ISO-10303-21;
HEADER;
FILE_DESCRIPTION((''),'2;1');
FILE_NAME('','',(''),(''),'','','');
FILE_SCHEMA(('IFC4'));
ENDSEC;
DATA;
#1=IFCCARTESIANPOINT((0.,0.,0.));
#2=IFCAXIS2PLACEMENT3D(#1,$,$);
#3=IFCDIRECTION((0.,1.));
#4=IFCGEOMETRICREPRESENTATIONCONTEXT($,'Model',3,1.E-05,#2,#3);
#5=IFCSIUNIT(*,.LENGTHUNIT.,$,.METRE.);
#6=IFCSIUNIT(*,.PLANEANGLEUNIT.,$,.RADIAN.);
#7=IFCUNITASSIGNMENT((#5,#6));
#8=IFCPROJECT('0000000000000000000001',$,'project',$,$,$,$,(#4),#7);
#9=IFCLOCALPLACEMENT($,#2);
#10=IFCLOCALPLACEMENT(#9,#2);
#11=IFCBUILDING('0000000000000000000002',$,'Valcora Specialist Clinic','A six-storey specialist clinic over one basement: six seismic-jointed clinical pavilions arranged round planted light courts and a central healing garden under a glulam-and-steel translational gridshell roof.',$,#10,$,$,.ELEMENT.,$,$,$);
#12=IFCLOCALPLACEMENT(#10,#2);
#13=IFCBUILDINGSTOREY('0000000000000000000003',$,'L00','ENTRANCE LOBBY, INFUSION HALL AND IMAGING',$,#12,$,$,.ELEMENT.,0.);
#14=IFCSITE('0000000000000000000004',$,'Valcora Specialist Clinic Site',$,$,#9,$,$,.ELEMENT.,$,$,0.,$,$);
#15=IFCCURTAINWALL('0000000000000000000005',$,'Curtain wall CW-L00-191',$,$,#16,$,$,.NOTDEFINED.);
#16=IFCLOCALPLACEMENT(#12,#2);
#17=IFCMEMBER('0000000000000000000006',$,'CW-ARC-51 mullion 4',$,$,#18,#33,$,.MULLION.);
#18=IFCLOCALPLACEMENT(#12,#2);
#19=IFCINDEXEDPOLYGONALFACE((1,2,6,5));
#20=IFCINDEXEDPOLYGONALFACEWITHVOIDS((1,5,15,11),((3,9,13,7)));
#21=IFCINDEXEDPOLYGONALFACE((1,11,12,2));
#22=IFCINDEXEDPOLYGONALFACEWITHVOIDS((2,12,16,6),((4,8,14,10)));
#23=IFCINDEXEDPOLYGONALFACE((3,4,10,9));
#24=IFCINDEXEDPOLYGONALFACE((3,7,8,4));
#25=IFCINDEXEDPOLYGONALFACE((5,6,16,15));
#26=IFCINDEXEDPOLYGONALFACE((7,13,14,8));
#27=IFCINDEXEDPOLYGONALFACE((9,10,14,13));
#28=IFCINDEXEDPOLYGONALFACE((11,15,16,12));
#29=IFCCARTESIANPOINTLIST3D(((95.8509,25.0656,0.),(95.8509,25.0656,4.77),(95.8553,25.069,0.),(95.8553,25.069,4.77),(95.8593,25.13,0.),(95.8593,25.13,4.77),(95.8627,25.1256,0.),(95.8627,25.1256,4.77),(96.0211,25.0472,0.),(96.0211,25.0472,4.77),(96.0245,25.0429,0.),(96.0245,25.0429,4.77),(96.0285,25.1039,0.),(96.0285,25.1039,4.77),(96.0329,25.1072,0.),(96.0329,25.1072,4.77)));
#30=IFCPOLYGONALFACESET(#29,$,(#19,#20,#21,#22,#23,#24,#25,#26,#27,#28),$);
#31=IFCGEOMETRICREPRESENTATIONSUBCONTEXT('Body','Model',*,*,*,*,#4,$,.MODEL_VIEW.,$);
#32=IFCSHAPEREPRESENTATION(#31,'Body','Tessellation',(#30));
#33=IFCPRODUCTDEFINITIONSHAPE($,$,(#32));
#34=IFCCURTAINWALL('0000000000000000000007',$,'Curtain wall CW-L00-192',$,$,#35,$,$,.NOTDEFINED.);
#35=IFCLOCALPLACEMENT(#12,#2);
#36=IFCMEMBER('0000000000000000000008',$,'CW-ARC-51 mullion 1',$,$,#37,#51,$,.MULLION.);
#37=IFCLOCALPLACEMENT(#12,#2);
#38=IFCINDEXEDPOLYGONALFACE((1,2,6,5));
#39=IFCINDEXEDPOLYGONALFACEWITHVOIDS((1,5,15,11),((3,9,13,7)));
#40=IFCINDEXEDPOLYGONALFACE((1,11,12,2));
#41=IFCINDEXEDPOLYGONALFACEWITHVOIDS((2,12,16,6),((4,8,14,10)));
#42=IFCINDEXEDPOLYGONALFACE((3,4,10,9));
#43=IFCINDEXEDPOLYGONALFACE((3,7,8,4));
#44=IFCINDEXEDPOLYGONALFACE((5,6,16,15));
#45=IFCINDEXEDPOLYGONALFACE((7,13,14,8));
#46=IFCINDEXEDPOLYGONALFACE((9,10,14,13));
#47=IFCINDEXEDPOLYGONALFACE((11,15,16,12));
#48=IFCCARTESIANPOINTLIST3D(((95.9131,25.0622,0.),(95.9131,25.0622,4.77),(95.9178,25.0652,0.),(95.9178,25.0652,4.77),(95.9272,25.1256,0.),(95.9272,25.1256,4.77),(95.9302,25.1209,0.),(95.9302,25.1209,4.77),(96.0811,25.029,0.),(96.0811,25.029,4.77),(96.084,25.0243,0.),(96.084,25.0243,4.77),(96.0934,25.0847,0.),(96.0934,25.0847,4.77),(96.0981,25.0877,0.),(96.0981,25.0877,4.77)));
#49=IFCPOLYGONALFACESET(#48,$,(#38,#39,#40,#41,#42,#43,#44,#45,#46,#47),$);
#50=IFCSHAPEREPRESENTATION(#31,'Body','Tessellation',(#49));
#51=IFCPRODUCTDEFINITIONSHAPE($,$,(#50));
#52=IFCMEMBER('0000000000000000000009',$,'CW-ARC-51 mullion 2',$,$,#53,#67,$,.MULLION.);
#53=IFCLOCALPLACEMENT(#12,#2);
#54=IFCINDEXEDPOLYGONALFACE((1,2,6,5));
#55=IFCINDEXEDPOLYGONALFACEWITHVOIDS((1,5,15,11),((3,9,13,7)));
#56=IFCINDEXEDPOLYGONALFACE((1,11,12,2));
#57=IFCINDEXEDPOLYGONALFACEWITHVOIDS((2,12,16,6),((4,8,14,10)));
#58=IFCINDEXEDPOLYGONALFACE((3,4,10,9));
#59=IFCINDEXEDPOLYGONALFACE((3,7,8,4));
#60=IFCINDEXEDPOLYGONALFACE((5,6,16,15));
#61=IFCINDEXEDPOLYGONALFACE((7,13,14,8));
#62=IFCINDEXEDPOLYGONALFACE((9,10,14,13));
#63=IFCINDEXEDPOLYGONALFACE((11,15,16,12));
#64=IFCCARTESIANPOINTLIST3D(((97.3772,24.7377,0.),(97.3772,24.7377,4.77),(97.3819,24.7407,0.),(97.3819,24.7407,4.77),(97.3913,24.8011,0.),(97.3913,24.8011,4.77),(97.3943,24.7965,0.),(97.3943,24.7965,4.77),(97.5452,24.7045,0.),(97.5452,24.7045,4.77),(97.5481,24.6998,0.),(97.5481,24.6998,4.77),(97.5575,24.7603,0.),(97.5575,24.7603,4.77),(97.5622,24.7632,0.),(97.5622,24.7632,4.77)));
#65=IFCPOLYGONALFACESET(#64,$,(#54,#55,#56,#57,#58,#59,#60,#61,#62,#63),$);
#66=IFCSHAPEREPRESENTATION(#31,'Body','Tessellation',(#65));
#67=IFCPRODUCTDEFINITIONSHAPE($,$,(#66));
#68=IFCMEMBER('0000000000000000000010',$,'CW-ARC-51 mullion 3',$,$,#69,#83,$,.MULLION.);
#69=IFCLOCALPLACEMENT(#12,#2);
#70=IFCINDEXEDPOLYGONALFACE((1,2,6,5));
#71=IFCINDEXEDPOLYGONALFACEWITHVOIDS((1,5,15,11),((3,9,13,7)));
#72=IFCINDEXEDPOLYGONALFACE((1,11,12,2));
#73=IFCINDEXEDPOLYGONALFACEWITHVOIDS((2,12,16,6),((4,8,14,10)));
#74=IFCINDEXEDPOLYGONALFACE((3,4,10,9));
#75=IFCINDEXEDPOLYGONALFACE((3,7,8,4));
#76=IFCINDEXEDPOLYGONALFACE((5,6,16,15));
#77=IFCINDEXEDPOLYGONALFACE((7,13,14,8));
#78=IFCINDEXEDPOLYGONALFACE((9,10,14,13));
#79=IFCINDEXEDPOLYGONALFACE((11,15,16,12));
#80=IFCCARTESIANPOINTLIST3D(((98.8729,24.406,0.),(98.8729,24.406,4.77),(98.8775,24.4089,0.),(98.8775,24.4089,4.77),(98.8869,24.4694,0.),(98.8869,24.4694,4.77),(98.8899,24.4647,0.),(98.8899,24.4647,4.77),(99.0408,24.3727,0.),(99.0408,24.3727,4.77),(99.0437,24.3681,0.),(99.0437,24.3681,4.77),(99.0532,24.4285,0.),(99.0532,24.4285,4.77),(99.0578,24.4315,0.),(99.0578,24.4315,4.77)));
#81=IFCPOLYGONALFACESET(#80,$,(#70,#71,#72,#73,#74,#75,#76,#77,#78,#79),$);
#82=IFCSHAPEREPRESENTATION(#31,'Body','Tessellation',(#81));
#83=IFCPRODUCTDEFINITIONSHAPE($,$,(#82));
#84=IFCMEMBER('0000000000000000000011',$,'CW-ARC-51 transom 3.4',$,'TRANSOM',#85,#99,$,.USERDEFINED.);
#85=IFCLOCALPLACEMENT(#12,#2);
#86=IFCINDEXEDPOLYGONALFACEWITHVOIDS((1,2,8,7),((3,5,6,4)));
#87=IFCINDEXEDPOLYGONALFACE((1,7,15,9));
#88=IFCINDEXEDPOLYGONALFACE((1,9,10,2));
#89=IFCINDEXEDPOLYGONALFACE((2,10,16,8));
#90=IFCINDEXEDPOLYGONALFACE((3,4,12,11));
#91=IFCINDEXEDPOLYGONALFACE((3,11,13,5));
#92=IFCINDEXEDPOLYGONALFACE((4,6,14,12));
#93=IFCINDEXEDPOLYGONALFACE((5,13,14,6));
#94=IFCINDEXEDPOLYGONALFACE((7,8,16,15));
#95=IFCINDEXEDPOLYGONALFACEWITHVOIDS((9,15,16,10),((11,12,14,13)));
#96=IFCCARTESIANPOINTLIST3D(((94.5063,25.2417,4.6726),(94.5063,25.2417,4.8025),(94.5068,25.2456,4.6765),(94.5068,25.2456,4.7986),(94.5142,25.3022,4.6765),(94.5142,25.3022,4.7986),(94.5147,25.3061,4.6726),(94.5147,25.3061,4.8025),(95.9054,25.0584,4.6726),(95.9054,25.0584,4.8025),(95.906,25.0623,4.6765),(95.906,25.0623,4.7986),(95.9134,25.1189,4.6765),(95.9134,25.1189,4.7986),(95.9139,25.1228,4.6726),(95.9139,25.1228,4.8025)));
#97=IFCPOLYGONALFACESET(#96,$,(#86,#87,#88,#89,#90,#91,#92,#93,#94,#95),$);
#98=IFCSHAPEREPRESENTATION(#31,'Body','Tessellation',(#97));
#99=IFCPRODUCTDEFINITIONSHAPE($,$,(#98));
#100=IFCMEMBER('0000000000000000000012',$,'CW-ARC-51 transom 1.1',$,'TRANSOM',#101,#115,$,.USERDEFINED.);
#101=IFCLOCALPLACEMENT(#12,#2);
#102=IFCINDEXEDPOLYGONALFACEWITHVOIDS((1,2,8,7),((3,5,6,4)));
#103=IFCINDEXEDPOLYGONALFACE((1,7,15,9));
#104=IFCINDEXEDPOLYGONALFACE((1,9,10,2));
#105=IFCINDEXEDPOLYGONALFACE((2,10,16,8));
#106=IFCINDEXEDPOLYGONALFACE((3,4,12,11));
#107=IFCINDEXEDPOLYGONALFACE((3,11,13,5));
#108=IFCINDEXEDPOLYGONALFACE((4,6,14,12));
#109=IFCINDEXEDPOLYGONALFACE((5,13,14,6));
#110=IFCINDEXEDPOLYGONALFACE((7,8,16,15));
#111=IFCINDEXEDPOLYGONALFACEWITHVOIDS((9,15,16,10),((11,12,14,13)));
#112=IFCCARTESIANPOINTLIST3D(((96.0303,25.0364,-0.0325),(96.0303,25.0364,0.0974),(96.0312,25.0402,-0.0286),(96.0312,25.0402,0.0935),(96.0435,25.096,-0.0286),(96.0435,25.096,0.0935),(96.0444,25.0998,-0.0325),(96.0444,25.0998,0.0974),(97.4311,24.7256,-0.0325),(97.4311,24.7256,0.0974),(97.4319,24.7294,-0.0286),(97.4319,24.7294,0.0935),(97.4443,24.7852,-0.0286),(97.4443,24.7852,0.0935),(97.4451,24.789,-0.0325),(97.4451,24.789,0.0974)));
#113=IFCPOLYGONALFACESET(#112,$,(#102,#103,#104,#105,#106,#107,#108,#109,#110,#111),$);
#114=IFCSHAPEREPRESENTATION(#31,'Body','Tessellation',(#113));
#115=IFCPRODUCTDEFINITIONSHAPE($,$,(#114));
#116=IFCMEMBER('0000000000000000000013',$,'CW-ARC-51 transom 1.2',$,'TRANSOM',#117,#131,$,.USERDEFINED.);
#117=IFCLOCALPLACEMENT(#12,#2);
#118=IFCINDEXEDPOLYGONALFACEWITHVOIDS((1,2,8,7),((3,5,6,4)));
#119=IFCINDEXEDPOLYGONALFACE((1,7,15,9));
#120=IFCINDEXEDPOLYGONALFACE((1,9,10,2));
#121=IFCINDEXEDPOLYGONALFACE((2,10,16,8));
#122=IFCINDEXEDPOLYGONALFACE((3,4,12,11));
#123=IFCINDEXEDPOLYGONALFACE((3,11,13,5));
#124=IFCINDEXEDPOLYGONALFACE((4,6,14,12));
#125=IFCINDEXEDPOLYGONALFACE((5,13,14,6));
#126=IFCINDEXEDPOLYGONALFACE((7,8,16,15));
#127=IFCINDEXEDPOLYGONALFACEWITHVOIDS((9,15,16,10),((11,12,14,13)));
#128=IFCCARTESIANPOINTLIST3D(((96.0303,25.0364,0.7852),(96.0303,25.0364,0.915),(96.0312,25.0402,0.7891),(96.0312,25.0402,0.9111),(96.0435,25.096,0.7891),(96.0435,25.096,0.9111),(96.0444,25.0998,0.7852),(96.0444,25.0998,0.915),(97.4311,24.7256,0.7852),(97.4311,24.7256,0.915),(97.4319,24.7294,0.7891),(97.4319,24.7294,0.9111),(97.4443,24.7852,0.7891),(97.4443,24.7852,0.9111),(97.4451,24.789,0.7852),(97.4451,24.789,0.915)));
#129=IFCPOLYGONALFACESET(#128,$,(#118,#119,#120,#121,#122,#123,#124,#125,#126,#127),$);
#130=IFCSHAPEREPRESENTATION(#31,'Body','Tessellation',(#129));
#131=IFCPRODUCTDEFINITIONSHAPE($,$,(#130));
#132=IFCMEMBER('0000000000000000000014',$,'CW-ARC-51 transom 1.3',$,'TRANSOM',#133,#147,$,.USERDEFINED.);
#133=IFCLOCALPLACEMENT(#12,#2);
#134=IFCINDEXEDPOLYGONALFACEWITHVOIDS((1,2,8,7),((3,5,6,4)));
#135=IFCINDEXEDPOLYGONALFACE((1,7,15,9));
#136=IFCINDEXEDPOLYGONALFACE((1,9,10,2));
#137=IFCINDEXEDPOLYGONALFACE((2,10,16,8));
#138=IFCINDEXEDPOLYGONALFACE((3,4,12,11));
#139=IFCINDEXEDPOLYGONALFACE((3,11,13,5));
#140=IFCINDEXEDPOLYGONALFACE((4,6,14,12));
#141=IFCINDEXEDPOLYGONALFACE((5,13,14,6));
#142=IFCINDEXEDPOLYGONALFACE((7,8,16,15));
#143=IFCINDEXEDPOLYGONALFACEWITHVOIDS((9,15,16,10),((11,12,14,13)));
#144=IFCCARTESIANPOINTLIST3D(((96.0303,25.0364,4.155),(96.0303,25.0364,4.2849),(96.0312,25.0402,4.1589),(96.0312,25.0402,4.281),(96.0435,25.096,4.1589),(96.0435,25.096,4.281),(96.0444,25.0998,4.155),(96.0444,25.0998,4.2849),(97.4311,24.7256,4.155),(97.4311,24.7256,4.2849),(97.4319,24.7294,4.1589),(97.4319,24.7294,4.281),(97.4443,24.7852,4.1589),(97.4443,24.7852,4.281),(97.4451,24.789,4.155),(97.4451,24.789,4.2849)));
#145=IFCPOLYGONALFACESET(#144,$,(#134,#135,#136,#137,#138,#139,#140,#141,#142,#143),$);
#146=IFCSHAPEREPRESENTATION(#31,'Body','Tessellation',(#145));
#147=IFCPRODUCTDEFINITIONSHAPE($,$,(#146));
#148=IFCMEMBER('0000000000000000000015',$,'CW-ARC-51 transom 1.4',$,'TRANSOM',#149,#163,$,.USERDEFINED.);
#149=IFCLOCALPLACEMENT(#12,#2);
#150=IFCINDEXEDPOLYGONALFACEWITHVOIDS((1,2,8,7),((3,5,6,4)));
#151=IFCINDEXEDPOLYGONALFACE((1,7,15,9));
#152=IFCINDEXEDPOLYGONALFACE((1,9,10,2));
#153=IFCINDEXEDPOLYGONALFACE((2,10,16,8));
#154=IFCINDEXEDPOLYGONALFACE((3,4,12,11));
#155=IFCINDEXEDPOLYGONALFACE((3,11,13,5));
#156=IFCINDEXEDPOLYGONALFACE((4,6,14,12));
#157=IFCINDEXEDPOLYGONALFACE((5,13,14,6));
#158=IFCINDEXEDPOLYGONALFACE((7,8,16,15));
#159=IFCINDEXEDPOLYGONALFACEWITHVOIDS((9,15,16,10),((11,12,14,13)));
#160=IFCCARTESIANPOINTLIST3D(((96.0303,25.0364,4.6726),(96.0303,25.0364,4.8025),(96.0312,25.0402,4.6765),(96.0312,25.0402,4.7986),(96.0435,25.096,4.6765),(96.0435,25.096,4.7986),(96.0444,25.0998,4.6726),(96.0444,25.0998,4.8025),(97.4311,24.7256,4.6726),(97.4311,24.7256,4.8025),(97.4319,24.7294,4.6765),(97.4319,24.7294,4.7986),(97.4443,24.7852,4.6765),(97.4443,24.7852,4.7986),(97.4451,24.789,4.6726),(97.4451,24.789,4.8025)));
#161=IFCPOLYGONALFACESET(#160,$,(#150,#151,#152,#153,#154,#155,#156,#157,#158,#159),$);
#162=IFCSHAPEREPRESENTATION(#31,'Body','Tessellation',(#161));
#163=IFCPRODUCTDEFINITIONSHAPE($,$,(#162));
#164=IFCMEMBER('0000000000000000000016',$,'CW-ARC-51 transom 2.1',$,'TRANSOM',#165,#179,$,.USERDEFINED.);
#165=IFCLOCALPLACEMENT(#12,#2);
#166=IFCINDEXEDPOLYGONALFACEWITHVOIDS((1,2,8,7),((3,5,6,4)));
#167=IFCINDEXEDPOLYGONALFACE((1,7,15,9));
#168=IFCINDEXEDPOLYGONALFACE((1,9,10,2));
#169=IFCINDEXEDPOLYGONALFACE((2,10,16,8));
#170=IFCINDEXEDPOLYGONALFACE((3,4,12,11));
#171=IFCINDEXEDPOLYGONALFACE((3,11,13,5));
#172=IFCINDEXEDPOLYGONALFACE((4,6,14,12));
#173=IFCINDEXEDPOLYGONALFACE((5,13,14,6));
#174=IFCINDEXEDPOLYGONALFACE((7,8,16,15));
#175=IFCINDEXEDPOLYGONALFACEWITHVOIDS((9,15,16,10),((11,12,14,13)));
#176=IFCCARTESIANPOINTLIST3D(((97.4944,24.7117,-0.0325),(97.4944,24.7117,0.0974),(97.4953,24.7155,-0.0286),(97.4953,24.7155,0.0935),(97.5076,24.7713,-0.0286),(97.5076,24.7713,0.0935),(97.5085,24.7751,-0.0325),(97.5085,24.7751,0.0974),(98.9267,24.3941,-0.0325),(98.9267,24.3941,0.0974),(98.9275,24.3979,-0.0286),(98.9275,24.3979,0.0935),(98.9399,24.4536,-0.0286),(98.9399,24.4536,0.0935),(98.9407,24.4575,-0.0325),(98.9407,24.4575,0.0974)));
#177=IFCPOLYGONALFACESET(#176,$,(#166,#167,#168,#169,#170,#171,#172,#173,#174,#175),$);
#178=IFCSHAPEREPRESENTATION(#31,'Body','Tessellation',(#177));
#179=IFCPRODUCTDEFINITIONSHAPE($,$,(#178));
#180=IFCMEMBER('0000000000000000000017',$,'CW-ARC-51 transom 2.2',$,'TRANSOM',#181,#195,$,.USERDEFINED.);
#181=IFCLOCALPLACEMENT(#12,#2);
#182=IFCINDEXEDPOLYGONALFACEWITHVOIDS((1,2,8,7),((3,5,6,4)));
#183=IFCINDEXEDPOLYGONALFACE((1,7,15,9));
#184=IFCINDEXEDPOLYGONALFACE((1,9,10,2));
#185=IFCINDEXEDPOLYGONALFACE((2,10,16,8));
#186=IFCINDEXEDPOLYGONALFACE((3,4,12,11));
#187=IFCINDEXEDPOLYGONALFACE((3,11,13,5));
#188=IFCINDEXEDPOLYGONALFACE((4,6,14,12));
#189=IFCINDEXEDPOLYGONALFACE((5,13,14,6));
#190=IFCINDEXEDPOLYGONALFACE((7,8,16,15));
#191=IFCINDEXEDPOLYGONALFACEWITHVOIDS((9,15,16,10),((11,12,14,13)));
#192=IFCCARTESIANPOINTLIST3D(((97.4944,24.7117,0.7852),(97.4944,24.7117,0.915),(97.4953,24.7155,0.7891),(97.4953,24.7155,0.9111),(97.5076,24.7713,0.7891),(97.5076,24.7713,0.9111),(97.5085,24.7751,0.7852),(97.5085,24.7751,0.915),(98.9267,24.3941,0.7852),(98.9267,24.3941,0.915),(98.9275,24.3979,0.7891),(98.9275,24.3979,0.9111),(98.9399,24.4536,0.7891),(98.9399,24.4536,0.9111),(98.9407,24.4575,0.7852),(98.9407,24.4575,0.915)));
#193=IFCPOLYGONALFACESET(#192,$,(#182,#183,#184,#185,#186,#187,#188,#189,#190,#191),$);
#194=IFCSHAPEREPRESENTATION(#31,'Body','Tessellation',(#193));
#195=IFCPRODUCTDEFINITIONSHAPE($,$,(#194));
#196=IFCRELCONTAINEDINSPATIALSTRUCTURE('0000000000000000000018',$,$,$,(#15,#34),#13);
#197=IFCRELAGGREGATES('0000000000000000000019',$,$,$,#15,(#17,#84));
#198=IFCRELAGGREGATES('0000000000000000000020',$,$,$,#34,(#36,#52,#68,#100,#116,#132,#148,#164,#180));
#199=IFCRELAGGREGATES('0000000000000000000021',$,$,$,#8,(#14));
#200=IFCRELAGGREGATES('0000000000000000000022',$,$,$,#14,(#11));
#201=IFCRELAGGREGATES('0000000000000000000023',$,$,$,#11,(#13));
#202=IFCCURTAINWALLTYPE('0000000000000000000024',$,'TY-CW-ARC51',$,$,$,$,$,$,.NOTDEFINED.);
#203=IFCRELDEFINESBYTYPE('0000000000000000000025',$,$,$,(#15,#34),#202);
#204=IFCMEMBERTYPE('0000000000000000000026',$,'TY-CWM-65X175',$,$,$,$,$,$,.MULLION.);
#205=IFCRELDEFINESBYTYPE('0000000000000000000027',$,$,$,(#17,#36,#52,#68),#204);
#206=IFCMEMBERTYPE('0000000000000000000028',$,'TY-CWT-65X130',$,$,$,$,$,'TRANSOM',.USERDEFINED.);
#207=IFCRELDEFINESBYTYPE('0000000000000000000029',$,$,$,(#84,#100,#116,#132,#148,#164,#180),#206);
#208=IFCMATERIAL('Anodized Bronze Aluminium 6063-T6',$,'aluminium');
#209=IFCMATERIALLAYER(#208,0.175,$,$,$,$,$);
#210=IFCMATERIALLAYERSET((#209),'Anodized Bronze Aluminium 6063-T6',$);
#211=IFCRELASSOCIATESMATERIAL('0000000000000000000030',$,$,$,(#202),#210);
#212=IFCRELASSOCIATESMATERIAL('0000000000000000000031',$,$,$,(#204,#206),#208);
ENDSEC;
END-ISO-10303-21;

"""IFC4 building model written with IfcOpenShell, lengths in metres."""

from ifc_helpers import new_model, si_unit, direction, frame, origin, origin_2d, place, context, subcontext, project, spatial, hollow_rectangle, extrude, material, layer, layer_set, material_profile, profile_set, type_object, element, aggregate, save


model = new_model("IFC4")

# Units and contexts
model_context = context("Model", 3, precision=1e-05, world=origin(), true_north=direction((0.0, 1.0)))
body_context = subcontext(model_context, "Body", "Model", "MODEL_VIEW")
ifc_project = project(units=[si_unit("LENGTHUNIT", "METRE"), si_unit("PLANEANGLEUNIT", "RADIAN")], contexts=[model_context])

# Site, building, storey
site_placement = place(None, origin())
site = spatial("IfcSite", under=ifc_project, at=site_placement, Name="Valcora Specialist Clinic Site", CompositionType="ELEMENT", RefElevation=0.0)
building_placement = place(site_placement, origin())
building = spatial("IfcBuilding", under=site, at=building_placement, Name="Valcora Specialist Clinic", Description="A six-storey specialist clinic over one basement: six seismic-jointed clinical pavilions arranged round planted light courts and a central healing garden under a glulam-and-steel translational gridshell roof.", CompositionType="ELEMENT")
storey_placement = place(building_placement, origin())
storey = spatial("IfcBuildingStorey", under=building, at=storey_placement, Name="L00", Description="ENTRANCE LOBBY, INFUSION HALL AND IMAGING", CompositionType="ELEMENT", Elevation=0.0)

# Curtain wall, member
ifc_material_1 = material(Name="Anodized Bronze Aluminium 6063-T6", Category="aluminium")
ifc_layer_1 = layer(ifc_material_1, 0.175)
ifc_layer_set_1 = layer_set([ifc_layer_1], Name="Anodized Bronze Aluminium 6063-T6")
curtain_wall_type = type_object("IfcCurtainWallType", Name="TY-CW-ARC51", PredefinedType="NOTDEFINED", material=ifc_layer_set_1)
curtain_wall_1_placement = place(storey_placement, origin())
curtain_wall_1 = element("IfcCurtainWall", 1, at=curtain_wall_1_placement, inside=storey, type_object=curtain_wall_type, Name="Curtain wall CW-L00-191", PredefinedType="NOTDEFINED")
ifc_material_profile_1 = material_profile(ifc_material_1, hollow_rectangle(XDim=0.0649, YDim=0.175, WallThickness=0.0039, at=origin_2d()), Name="AL-MUL-65X175")
ifc_profile_set_1 = profile_set([ifc_material_profile_1], Name="Anodized Bronze Aluminium 6063-T6")
member_type_1 = type_object("IfcMemberType", Name="TY-CWM-65X175", PredefinedType="MULLION", material=ifc_profile_set_1)
member_1_placement = place(storey_placement, frame((95.9419, 25.0864, 0.0), z_axis=(0.0, 0.0, 1.0), x_axis=(0.129999, 0.991514, 0.0)))
member_1 = element("IfcMember", 2, at=member_1_placement, type_object=member_type_1, Name="CW-ARC-51 mullion 4", PredefinedType="MULLION", context=body_context, shape_type="SweptSolid", body=[
    extrude(hollow_rectangle(XDim=0.0649, YDim=0.175, WallThickness=0.0039, at=origin_2d()), origin(), (0.0, 0.0, 1.0), 4.77),
])

# Curtain wall, members
curtain_wall_2_placement = place(storey_placement, origin())
curtain_wall_2 = element("IfcCurtainWall", 3, at=curtain_wall_2_placement, inside=storey, type_object=curtain_wall_type, Name="Curtain wall CW-L00-192", PredefinedType="NOTDEFINED")
member_2_placement = place(storey_placement, frame((96.0056, 25.075, 0.0), z_axis=(0.0, 0.0, 1.0), x_axis=(0.216518, 0.976279, 0.0)))
member_2 = element("IfcMember", 4, at=member_2_placement, type_object=member_type_1, Name="CW-ARC-51 mullion 1", PredefinedType="MULLION", context=body_context, shape_type="SweptSolid", body=[
    extrude(hollow_rectangle(XDim=0.0649, YDim=0.175, WallThickness=0.0039, at=origin_2d()), origin(), (0.0, 0.0, 1.0), 4.77),
])
member_3_placement = place(storey_placement, frame((97.4697, 24.7505, 0.0), z_axis=(0.0, 0.0, 1.0), x_axis=(0.216518, 0.976279, 0.0)))
member_3 = element("IfcMember", 5, at=member_3_placement, type_object=member_type_1, Name="CW-ARC-51 mullion 2", PredefinedType="MULLION", context=body_context, shape_type="SweptSolid", body=[
    extrude(hollow_rectangle(XDim=0.0649, YDim=0.175, WallThickness=0.0039, at=origin_2d()), origin(), (0.0, 0.0, 1.0), 4.77),
])
member_4_placement = place(storey_placement, frame((98.9653, 24.4187, 0.0), z_axis=(0.0, 0.0, 1.0), x_axis=(0.216518, 0.976279, 0.0)))
member_4 = element("IfcMember", 6, at=member_4_placement, type_object=member_type_1, Name="CW-ARC-51 mullion 3", PredefinedType="MULLION", context=body_context, shape_type="SweptSolid", body=[
    extrude(hollow_rectangle(XDim=0.0649, YDim=0.175, WallThickness=0.0039, at=origin_2d()), origin(), (0.0, 0.0, 1.0), 4.77),
])

# Members
ifc_material_profile_2 = material_profile(ifc_material_1, hollow_rectangle(XDim=0.0649, YDim=0.1299, WallThickness=0.0039, at=origin_2d()), Name="AL-TRN-65X130")
ifc_profile_set_2 = profile_set([ifc_material_profile_2], Name="Anodized Bronze Aluminium 6063-T6")
member_type_2 = type_object("IfcMemberType", Name="TY-CWT-65X130", ElementType="TRANSOM", PredefinedType="USERDEFINED", material=ifc_profile_set_2)
member_5_placement = place(storey_placement, frame((94.5105, 25.2739, 4.7375), z_axis=(0.991523, -0.129931, 0.0), x_axis=(0.129931, 0.991523, 0.0)))
member_5 = element("IfcMember", 7, at=member_5_placement, type_object=member_type_2, Name="CW-ARC-51 transom 3.4", ObjectType="TRANSOM", PredefinedType="USERDEFINED", context=body_context, shape_type="SweptSolid", body=[
    extrude(hollow_rectangle(XDim=0.0649, YDim=0.1299, WallThickness=0.0039, at=origin_2d()), origin(), (0.0, 0.0, 1.0), 1.4111),
])
member_6_placement = place(storey_placement, frame((96.0374, 25.0681, 0.0325), z_axis=(0.976255, -0.216624, 0.0), x_axis=(0.216624, 0.976255, 0.0)))
member_6 = element("IfcMember", 8, at=member_6_placement, type_object=member_type_2, Name="CW-ARC-51 transom 1.1", ObjectType="TRANSOM", PredefinedType="USERDEFINED", context=body_context, shape_type="SweptSolid", body=[
    extrude(hollow_rectangle(XDim=0.0649, YDim=0.1299, WallThickness=0.0039, at=origin_2d()), origin(), (0.0, 0.0, 1.0), 1.4348),
])
member_7_placement = place(storey_placement, frame((96.0374, 25.0681, 0.8501), z_axis=(0.976255, -0.216624, 0.0), x_axis=(0.216624, 0.976255, 0.0)))
member_7 = element("IfcMember", 9, at=member_7_placement, type_object=member_type_2, Name="CW-ARC-51 transom 1.2", ObjectType="TRANSOM", PredefinedType="USERDEFINED", context=body_context, shape_type="SweptSolid", body=[
    extrude(hollow_rectangle(XDim=0.0649, YDim=0.1299, WallThickness=0.0039, at=origin_2d()), origin(), (0.0, 0.0, 1.0), 1.4348),
])
member_8_placement = place(storey_placement, frame((96.0374, 25.0681, 4.22), z_axis=(0.976255, -0.216624, 0.0), x_axis=(0.216624, 0.976255, 0.0)))
member_8 = element("IfcMember", 10, at=member_8_placement, type_object=member_type_2, Name="CW-ARC-51 transom 1.3", ObjectType="TRANSOM", PredefinedType="USERDEFINED", context=body_context, shape_type="SweptSolid", body=[
    extrude(hollow_rectangle(XDim=0.0649, YDim=0.1299, WallThickness=0.0039, at=origin_2d()), origin(), (0.0, 0.0, 1.0), 1.4348),
])
member_9_placement = place(storey_placement, frame((96.0374, 25.0681, 4.7375), z_axis=(0.976255, -0.216624, 0.0), x_axis=(0.216624, 0.976255, 0.0)))
member_9 = element("IfcMember", 11, at=member_9_placement, type_object=member_type_2, Name="CW-ARC-51 transom 1.4", ObjectType="TRANSOM", PredefinedType="USERDEFINED", context=body_context, shape_type="SweptSolid", body=[
    extrude(hollow_rectangle(XDim=0.0649, YDim=0.1299, WallThickness=0.0039, at=origin_2d()), origin(), (0.0, 0.0, 1.0), 1.4348),
])
member_10_placement = place(storey_placement, frame((97.5015, 24.7434, 0.0325), z_axis=(0.976277, -0.216525, 0.0), x_axis=(0.216525, 0.976277, 0.0)))
member_10 = element("IfcMember", 12, at=member_10_placement, type_object=member_type_2, Name="CW-ARC-51 transom 2.1", ObjectType="TRANSOM", PredefinedType="USERDEFINED", context=body_context, shape_type="SweptSolid", body=[
    extrude(hollow_rectangle(XDim=0.0649, YDim=0.1299, WallThickness=0.0039, at=origin_2d()), origin(), (0.0, 0.0, 1.0), 1.467),
])
member_11_placement = place(storey_placement, frame((97.5015, 24.7434, 0.8501), z_axis=(0.976277, -0.216525, 0.0), x_axis=(0.216525, 0.976277, 0.0)))
member_11 = element("IfcMember", 13, at=member_11_placement, type_object=member_type_2, Name="CW-ARC-51 transom 2.2", ObjectType="TRANSOM", PredefinedType="USERDEFINED", context=body_context, shape_type="SweptSolid", body=[
    extrude(hollow_rectangle(XDim=0.0649, YDim=0.1299, WallThickness=0.0039, at=origin_2d()), origin(), (0.0, 0.0, 1.0), 1.467),
])

aggregate(curtain_wall_1, [member_1, member_5])
aggregate(curtain_wall_2, [member_2, member_3, member_4, member_6, member_7, member_8, member_9, member_10, member_11])

save(model, "model.ifc")
